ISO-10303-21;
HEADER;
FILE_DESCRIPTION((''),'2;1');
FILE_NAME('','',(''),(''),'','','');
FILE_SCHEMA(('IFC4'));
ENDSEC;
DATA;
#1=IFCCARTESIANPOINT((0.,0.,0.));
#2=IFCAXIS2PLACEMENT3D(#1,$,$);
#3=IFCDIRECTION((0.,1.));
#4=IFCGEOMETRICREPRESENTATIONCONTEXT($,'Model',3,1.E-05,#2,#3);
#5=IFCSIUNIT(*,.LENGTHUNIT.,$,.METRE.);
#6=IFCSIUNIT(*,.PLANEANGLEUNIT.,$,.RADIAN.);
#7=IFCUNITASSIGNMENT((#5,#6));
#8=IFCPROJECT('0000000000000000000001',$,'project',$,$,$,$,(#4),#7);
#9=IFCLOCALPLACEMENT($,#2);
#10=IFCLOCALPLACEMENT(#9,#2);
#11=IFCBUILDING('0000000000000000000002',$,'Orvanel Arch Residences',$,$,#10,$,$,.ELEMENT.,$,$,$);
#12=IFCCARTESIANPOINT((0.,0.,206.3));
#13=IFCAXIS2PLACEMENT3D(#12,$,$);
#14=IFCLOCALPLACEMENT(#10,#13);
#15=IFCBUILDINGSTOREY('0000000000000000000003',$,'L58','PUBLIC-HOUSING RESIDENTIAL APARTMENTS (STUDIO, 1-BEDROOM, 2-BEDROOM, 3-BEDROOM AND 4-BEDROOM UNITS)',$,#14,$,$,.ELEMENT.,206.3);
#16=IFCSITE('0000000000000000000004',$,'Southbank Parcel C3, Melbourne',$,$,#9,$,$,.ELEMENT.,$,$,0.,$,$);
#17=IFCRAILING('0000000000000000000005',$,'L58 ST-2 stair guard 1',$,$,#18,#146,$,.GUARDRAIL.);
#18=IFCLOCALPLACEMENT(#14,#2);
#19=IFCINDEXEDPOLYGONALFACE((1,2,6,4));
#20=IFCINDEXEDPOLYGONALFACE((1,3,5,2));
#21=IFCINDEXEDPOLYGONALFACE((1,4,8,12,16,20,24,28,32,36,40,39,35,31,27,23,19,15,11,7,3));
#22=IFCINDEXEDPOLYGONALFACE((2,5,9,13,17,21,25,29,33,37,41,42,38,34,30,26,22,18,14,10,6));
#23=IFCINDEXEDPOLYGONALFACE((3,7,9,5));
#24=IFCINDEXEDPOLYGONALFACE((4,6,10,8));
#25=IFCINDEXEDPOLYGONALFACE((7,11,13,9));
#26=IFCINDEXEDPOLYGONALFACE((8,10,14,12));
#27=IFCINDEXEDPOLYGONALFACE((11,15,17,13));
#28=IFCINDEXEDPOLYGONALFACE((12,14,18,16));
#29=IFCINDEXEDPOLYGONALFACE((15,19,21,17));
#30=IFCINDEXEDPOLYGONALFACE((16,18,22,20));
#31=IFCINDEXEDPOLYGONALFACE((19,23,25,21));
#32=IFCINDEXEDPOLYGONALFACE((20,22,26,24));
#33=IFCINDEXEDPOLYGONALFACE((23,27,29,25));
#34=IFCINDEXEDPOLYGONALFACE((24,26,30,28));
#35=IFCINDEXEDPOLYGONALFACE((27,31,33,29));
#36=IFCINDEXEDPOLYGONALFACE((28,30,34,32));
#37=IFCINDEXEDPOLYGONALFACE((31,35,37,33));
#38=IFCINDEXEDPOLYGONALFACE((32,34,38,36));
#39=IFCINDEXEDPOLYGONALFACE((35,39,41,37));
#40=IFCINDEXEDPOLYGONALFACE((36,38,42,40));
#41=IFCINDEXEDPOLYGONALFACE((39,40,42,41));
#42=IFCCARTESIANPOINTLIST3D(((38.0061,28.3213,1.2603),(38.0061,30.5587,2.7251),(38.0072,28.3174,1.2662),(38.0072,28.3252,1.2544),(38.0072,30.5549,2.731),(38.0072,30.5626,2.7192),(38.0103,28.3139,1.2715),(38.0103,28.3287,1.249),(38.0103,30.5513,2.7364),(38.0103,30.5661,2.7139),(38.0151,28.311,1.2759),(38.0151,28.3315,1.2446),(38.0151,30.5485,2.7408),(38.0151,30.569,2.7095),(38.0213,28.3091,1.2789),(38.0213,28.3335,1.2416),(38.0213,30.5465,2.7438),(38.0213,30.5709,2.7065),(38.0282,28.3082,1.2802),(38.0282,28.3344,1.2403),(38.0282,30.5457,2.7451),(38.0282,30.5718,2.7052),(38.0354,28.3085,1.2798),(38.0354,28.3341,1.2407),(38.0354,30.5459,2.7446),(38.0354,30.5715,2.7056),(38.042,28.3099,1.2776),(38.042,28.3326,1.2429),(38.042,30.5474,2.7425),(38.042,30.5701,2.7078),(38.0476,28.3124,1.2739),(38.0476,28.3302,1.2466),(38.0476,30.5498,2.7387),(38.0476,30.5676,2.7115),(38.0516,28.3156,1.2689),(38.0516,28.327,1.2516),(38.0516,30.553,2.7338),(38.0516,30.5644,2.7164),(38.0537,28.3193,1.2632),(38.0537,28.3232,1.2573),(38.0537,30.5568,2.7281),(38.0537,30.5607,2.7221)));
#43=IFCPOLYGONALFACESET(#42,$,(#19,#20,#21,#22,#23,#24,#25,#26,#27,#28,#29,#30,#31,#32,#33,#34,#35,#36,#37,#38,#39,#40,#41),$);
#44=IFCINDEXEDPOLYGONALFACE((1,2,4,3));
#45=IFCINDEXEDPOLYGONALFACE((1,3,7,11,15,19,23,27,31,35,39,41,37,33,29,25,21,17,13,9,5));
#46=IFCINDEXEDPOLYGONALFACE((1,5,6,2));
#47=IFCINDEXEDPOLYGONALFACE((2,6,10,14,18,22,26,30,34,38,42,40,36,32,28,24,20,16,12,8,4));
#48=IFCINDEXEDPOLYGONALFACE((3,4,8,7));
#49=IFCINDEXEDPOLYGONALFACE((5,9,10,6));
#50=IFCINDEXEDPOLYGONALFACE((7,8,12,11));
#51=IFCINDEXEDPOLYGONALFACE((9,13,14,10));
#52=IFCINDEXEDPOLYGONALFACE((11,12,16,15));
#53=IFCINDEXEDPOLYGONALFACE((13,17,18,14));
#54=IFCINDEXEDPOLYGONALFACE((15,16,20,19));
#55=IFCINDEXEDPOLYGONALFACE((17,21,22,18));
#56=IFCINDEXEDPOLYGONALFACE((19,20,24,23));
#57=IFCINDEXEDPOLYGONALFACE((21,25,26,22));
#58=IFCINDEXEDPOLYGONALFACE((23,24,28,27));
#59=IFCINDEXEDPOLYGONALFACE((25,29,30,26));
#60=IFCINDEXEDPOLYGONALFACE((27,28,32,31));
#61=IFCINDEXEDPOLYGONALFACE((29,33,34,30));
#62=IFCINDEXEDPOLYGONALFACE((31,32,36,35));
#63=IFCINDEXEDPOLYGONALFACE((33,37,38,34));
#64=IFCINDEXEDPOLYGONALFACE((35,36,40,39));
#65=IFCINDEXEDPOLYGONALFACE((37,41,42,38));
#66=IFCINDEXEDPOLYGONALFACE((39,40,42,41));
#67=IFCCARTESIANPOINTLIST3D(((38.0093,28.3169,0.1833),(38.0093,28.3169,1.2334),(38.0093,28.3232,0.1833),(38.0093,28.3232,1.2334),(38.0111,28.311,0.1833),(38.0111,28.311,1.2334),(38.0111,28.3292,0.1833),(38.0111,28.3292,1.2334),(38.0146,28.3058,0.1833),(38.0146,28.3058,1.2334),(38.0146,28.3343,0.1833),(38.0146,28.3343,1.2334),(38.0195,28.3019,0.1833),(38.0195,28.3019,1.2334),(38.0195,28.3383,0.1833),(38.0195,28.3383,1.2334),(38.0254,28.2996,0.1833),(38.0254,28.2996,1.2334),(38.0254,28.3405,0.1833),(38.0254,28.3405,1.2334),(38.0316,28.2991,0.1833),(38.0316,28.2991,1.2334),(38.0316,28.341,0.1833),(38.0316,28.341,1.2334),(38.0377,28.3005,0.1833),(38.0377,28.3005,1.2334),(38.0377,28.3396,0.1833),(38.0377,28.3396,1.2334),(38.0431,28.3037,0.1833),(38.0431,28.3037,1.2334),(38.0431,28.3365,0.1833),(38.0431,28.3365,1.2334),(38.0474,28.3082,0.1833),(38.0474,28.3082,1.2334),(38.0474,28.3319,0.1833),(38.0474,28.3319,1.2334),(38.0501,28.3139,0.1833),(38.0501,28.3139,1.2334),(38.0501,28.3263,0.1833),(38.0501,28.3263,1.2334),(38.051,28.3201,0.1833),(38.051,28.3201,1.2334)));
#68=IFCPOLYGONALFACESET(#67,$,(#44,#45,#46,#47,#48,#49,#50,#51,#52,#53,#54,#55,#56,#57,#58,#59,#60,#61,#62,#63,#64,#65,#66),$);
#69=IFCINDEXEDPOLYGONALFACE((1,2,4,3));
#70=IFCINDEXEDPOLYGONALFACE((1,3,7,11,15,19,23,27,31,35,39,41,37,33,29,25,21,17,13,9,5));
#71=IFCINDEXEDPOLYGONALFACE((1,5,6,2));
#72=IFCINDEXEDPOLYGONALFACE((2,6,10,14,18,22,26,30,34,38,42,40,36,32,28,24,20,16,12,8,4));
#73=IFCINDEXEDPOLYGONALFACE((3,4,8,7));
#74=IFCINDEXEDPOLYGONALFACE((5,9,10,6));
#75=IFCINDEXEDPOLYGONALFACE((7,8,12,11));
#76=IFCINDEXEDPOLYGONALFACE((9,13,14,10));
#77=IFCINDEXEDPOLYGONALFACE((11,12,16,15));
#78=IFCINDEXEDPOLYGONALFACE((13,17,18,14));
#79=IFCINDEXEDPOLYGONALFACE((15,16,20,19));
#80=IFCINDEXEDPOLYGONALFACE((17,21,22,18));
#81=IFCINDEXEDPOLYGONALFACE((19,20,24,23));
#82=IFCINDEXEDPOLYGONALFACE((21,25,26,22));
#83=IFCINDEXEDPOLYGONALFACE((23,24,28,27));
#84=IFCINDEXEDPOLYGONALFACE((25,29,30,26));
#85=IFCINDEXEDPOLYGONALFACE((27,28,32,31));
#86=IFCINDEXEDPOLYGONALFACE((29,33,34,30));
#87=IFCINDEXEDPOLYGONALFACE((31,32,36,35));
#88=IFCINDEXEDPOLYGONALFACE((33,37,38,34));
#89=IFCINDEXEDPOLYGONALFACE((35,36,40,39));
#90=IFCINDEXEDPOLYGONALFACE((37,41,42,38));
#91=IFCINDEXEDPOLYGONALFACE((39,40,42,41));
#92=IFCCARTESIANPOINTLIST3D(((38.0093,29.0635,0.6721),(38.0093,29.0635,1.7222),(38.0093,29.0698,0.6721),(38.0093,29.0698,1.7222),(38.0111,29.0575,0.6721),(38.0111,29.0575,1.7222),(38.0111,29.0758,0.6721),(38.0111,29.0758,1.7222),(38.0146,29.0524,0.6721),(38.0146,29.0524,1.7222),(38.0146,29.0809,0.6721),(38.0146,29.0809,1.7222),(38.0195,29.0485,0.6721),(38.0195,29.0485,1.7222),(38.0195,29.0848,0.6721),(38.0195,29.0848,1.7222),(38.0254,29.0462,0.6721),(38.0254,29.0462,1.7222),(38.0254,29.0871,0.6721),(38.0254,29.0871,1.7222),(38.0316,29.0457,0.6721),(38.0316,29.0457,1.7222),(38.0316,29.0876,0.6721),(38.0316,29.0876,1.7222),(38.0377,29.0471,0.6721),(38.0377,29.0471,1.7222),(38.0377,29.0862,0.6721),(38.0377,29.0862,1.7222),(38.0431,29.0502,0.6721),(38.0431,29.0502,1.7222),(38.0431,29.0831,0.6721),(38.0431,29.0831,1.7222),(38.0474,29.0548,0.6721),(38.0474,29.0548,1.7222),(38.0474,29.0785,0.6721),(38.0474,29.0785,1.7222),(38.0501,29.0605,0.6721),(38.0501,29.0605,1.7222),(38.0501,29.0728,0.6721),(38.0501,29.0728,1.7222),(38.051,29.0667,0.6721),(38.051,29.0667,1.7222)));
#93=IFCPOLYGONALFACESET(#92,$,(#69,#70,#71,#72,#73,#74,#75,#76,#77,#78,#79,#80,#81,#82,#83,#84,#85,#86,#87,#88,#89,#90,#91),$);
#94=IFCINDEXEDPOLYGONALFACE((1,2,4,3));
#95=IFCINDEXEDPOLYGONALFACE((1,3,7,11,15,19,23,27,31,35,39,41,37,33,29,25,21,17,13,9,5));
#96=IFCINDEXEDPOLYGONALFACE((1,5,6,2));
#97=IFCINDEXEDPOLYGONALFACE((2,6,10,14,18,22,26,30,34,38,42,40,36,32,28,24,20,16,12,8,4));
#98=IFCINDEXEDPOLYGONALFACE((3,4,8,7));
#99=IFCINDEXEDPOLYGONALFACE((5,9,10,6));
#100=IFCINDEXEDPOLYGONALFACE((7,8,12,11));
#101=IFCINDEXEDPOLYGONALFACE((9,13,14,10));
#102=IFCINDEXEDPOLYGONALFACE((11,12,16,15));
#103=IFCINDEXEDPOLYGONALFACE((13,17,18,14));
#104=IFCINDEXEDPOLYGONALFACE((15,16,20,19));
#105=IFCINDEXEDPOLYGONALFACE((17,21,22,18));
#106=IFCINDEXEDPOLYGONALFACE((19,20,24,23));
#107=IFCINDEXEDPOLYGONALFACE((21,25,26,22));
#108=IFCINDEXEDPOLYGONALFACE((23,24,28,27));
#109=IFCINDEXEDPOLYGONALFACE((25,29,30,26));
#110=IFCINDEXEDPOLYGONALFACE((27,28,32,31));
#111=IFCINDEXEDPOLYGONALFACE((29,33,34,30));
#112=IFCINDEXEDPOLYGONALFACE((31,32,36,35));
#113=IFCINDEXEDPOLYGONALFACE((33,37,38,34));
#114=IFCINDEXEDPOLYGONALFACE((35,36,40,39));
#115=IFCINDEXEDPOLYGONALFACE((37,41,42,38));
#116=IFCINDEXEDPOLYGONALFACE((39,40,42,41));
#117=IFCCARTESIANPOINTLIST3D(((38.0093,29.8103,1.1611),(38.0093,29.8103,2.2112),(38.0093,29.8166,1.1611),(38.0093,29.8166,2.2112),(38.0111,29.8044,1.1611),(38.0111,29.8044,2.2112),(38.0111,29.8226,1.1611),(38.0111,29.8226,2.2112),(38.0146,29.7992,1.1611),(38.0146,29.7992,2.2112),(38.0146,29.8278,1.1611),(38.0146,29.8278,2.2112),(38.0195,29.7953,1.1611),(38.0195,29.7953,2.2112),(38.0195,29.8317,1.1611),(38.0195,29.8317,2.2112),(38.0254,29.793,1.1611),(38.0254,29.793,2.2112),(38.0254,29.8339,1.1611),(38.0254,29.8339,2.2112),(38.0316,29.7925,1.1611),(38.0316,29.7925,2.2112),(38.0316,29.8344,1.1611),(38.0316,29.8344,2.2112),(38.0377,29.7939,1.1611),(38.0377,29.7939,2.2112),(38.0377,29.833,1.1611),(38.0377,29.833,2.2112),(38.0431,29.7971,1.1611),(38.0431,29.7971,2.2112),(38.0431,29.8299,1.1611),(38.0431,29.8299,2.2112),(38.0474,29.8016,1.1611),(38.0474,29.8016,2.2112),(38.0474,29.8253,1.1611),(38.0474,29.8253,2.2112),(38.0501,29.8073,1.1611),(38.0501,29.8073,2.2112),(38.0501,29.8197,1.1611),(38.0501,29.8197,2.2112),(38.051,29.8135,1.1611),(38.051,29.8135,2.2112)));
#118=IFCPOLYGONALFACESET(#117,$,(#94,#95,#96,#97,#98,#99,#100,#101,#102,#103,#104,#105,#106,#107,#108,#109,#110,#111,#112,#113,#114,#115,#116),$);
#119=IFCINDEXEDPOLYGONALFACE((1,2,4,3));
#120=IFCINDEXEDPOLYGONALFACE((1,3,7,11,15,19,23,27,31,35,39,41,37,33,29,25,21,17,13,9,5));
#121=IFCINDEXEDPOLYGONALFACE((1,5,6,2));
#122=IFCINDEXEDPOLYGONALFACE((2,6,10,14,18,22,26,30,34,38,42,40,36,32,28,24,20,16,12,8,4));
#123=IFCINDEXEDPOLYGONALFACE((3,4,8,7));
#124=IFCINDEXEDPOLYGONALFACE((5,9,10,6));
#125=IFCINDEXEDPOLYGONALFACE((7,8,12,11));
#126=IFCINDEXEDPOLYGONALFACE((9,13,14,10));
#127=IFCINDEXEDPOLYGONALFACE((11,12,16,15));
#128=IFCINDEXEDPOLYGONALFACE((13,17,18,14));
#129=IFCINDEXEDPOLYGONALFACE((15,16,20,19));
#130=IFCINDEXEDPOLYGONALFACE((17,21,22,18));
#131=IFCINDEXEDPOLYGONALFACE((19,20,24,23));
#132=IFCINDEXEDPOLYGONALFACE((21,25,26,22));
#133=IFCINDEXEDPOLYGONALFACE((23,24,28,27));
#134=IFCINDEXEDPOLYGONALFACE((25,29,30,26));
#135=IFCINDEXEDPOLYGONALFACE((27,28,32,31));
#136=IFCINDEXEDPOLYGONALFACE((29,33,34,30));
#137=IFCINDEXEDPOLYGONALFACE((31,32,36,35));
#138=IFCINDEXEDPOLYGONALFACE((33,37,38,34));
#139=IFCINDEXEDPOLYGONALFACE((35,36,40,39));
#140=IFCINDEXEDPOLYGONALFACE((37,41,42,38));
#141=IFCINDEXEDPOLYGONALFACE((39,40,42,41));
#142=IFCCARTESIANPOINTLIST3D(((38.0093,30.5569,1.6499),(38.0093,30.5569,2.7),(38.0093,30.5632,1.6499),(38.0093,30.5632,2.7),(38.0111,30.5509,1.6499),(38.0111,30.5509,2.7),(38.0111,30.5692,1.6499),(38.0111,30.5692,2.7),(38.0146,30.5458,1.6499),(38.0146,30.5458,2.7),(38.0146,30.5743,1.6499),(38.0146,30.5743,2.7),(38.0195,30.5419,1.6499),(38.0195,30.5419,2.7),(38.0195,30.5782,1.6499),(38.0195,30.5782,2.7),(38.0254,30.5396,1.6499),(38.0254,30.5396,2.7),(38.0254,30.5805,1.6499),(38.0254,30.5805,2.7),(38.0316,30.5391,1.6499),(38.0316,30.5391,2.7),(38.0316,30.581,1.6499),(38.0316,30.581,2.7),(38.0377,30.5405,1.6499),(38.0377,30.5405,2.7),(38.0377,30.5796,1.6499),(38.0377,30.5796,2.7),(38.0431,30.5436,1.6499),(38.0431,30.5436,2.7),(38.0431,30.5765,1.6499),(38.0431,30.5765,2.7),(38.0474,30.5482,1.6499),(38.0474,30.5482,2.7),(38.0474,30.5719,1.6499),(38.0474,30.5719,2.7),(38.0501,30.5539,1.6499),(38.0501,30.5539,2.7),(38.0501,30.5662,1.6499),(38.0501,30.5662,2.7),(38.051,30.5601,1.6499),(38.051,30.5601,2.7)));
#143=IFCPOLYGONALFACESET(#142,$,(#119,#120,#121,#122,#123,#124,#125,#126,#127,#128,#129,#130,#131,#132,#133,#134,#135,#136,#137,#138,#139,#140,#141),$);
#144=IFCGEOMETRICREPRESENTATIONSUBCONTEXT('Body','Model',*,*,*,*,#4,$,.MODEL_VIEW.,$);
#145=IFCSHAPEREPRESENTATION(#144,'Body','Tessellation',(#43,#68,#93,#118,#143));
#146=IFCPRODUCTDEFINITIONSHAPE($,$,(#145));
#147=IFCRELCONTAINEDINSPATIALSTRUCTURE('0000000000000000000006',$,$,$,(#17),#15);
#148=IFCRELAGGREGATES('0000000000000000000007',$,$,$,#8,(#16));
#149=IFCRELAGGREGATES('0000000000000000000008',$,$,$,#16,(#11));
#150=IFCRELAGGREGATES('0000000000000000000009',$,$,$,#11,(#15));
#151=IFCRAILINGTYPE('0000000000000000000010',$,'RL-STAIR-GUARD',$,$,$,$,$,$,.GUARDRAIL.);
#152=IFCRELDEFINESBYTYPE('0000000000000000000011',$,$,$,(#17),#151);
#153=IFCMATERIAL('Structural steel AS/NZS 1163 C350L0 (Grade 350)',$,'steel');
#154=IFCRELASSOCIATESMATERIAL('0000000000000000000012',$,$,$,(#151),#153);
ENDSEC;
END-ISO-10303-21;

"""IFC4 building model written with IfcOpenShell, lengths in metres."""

from ifc_helpers import new_model, si_unit, direction, frame, origin, origin_2d, place, context, subcontext, project, spatial, circle, extrude, material, type_object, element, save


model = new_model("IFC4")

# Units and contexts
model_context = context("Model", 3, precision=1e-05, world=origin(), true_north=direction((0.0, 1.0)))
body_context = subcontext(model_context, "Body", "Model", "MODEL_VIEW")
ifc_project = project(units=[si_unit("LENGTHUNIT", "METRE"), si_unit("PLANEANGLEUNIT", "RADIAN")], contexts=[model_context])

# Site, building, storey
site_placement = place(None, origin())
site = spatial("IfcSite", under=ifc_project, at=site_placement, Name="Southbank Parcel C3, Melbourne", CompositionType="ELEMENT", RefElevation=0.0)
building_placement = place(site_placement, origin())
building = spatial("IfcBuilding", under=site, at=building_placement, Name="Orvanel Arch Residences", CompositionType="ELEMENT")
storey_placement = place(building_placement, frame((0.0, 0.0, 206.3)))
storey = spatial("IfcBuildingStorey", under=building, at=storey_placement, Name="L58", Description="PUBLIC-HOUSING RESIDENTIAL APARTMENTS (STUDIO, 1-BEDROOM, 2-BEDROOM, 3-BEDROOM AND 4-BEDROOM UNITS)", CompositionType="ELEMENT", Elevation=206.3)

# Railing
ifc_material_1 = material(Name="Structural steel AS/NZS 1163 C350L0 (Grade 350)", Category="steel")
railing_type_1 = type_object("IfcRailingType", Name="RL-STAIR-GUARD", PredefinedType="GUARDRAIL", material=ifc_material_1)
railing_1_placement = place(storey_placement, frame((38.03, 28.3201, 0.1833)))
element("IfcRailing", 1, at=railing_1_placement, inside=storey, type_object=railing_type_1, Name="L58 ST-2 stair guard 1", PredefinedType="GUARDRAIL", context=body_context, shape_type="SweptSolid", body=[
    extrude(circle(Radius=0.0239, at=origin_2d()), frame((0.0, 0.0012, 1.0769), z_axis=(0.0, 0.836637, 0.547758), x_axis=(-1.0, 0.0, 0.0)), (0.0, 0.0, 1.0), 2.6743),
    extrude(circle(Radius=0.021, at=origin_2d()), origin(), (0.0, 0.0, 1.0), 1.05),
    extrude(circle(Radius=0.021, at=origin_2d()), frame((0.0, 0.7466, 0.4888)), (0.0, 0.0, 1.0), 1.05),
    extrude(circle(Radius=0.021, at=origin_2d()), frame((0.0, 1.4934, 0.9778)), (0.0, 0.0, 1.0), 1.05),
    extrude(circle(Radius=0.021, at=origin_2d()), frame((0.0, 2.24, 1.4666)), (0.0, 0.0, 1.0), 1.05),
])

save(model, "model.ifc")
